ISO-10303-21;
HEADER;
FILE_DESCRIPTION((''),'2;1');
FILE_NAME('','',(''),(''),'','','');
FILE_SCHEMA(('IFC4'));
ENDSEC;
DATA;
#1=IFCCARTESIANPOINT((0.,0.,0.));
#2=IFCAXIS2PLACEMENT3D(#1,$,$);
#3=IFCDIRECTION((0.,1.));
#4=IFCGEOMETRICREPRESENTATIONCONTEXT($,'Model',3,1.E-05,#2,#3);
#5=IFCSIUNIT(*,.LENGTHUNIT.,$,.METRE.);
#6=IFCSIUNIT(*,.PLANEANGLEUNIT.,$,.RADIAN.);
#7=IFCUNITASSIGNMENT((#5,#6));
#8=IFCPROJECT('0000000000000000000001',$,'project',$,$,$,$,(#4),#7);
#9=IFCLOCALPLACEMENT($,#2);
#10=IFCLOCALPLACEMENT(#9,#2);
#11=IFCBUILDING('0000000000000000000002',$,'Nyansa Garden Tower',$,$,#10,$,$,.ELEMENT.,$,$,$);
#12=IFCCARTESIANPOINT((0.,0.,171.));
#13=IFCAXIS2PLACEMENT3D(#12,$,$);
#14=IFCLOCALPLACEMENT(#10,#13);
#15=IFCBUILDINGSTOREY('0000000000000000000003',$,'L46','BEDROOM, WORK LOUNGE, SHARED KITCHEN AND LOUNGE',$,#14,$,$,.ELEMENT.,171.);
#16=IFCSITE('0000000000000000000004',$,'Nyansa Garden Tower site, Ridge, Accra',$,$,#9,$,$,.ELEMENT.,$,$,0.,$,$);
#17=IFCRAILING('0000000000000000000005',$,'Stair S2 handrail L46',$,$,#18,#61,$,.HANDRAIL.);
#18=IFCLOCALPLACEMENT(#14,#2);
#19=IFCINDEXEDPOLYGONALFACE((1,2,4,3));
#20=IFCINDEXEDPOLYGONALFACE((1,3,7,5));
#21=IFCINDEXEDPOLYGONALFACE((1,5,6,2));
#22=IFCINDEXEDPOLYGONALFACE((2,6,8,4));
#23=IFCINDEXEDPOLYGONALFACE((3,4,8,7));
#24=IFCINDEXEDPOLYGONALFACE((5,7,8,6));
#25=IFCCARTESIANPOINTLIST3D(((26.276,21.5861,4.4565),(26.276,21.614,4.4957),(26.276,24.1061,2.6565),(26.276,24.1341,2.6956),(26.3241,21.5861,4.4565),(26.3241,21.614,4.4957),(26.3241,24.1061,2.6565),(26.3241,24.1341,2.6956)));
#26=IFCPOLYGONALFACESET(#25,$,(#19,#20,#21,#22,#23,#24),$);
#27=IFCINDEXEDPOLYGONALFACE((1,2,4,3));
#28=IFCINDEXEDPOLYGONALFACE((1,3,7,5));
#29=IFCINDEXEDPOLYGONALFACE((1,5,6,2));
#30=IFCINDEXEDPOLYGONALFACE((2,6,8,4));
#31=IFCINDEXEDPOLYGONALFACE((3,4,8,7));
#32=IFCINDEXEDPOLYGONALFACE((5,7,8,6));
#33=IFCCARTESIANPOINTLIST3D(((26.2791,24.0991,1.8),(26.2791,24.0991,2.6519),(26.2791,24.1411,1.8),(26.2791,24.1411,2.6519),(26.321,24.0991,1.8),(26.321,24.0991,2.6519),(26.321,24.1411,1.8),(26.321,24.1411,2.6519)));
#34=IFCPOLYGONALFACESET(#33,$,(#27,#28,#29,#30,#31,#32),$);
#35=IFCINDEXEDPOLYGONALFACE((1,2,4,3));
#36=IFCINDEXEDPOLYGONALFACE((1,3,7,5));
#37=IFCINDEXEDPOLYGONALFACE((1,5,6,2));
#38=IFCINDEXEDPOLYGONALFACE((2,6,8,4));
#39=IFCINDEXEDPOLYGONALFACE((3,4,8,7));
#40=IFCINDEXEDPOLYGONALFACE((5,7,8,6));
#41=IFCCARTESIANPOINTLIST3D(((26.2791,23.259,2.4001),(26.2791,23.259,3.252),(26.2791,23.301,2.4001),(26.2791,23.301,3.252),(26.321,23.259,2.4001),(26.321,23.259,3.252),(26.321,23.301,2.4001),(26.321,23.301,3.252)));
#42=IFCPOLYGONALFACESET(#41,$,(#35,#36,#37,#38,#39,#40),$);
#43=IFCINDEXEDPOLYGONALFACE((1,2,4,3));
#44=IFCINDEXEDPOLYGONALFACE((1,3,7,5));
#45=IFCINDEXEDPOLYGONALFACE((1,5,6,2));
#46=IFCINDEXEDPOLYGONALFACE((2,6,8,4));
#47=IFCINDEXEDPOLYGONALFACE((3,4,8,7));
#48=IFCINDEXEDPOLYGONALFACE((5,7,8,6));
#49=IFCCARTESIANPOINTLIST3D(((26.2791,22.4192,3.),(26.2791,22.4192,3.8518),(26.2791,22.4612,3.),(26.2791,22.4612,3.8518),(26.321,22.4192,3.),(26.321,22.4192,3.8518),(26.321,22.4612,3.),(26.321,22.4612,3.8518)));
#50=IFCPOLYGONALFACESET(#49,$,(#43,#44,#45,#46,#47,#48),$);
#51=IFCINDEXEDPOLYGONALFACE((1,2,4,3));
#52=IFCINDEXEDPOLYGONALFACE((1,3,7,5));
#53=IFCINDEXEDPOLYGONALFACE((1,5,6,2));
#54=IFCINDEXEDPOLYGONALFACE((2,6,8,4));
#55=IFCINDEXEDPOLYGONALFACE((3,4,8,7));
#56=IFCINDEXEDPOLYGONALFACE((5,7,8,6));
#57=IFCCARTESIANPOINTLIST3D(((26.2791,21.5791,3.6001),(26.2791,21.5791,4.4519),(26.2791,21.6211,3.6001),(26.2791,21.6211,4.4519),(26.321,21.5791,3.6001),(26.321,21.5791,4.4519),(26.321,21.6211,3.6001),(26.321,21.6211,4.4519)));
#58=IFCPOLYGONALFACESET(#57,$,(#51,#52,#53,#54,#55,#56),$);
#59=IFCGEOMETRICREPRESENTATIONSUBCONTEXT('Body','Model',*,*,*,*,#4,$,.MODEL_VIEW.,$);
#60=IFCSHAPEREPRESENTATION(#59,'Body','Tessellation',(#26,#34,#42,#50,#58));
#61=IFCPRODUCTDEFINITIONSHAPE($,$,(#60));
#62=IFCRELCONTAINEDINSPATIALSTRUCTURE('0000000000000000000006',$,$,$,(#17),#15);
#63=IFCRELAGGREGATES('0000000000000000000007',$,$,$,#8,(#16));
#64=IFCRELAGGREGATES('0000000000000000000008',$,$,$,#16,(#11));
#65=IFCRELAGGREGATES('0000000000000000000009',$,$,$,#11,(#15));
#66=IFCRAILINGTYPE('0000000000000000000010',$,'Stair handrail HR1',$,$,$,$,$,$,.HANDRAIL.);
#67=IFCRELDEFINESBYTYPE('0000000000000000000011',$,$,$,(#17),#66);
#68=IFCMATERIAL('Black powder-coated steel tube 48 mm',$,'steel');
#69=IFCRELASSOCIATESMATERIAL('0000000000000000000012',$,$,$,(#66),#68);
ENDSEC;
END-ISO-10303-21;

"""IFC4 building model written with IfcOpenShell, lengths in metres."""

from ifc_helpers import new_model, si_unit, direction, frame, origin, origin_2d, place, context, subcontext, project, spatial, rectangle, extrude, material, type_object, element, save


model = new_model("IFC4")

# Units and contexts
model_context = context("Model", 3, precision=1e-05, world=origin(), true_north=direction((0.0, 1.0)))
body_context = subcontext(model_context, "Body", "Model", "MODEL_VIEW")
ifc_project = project(units=[si_unit("LENGTHUNIT", "METRE"), si_unit("PLANEANGLEUNIT", "RADIAN")], contexts=[model_context])

# Site, building, storey
site_placement = place(None, origin())
site = spatial("IfcSite", under=ifc_project, at=site_placement, Name="Nyansa Garden Tower site, Ridge, Accra", CompositionType="ELEMENT", RefElevation=0.0)
building_placement = place(site_placement, origin())
building = spatial("IfcBuilding", under=site, at=building_placement, Name="Nyansa Garden Tower", CompositionType="ELEMENT")
storey_placement = place(building_placement, frame((0.0, 0.0, 171.0)))
storey = spatial("IfcBuildingStorey", under=building, at=storey_placement, Name="L46", Description="BEDROOM, WORK LOUNGE, SHARED KITCHEN AND LOUNGE", CompositionType="ELEMENT", Elevation=171.0)

# Railing
ifc_material_1 = material(Name="Black powder-coated steel tube 48 mm", Category="steel")
railing_type = type_object("IfcRailingType", Name="Stair handrail HR1", PredefinedType="HANDRAIL", material=ifc_material_1)
railing_placement = place(storey_placement, frame((26.3, 24.1201, 1.8)))
element("IfcRailing", 1, at=railing_placement, inside=storey, type_object=railing_type, Name="Stair S2 handrail L46", PredefinedType="HANDRAIL", context=body_context, shape_type="SweptSolid", body=[
    extrude(rectangle(XDim=0.0481, YDim=0.0481, at=origin_2d()), frame((0.0, 0.0, 0.876), z_axis=(0.0, -0.813728, 0.581246), x_axis=(1.0, 0.0, 0.0)), (0.0, 0.0, 1.0), 3.0969),
    extrude(rectangle(XDim=0.042, YDim=0.042, at=origin_2d()), origin(), (0.0, 0.0, 1.0), 0.8518),
    extrude(rectangle(XDim=0.042, YDim=0.042, at=origin_2d()), frame((0.0, -0.8401, 0.6001)), (0.0, 0.0, 1.0), 0.8518),
    extrude(rectangle(XDim=0.042, YDim=0.042, at=origin_2d()), frame((0.0, -1.6799, 1.2)), (0.0, 0.0, 1.0), 0.8518),
    extrude(rectangle(XDim=0.042, YDim=0.042, at=origin_2d()), frame((0.0, -2.52, 1.8)), (0.0, 0.0, 1.0), 0.8518),
])

save(model, "model.ifc")
